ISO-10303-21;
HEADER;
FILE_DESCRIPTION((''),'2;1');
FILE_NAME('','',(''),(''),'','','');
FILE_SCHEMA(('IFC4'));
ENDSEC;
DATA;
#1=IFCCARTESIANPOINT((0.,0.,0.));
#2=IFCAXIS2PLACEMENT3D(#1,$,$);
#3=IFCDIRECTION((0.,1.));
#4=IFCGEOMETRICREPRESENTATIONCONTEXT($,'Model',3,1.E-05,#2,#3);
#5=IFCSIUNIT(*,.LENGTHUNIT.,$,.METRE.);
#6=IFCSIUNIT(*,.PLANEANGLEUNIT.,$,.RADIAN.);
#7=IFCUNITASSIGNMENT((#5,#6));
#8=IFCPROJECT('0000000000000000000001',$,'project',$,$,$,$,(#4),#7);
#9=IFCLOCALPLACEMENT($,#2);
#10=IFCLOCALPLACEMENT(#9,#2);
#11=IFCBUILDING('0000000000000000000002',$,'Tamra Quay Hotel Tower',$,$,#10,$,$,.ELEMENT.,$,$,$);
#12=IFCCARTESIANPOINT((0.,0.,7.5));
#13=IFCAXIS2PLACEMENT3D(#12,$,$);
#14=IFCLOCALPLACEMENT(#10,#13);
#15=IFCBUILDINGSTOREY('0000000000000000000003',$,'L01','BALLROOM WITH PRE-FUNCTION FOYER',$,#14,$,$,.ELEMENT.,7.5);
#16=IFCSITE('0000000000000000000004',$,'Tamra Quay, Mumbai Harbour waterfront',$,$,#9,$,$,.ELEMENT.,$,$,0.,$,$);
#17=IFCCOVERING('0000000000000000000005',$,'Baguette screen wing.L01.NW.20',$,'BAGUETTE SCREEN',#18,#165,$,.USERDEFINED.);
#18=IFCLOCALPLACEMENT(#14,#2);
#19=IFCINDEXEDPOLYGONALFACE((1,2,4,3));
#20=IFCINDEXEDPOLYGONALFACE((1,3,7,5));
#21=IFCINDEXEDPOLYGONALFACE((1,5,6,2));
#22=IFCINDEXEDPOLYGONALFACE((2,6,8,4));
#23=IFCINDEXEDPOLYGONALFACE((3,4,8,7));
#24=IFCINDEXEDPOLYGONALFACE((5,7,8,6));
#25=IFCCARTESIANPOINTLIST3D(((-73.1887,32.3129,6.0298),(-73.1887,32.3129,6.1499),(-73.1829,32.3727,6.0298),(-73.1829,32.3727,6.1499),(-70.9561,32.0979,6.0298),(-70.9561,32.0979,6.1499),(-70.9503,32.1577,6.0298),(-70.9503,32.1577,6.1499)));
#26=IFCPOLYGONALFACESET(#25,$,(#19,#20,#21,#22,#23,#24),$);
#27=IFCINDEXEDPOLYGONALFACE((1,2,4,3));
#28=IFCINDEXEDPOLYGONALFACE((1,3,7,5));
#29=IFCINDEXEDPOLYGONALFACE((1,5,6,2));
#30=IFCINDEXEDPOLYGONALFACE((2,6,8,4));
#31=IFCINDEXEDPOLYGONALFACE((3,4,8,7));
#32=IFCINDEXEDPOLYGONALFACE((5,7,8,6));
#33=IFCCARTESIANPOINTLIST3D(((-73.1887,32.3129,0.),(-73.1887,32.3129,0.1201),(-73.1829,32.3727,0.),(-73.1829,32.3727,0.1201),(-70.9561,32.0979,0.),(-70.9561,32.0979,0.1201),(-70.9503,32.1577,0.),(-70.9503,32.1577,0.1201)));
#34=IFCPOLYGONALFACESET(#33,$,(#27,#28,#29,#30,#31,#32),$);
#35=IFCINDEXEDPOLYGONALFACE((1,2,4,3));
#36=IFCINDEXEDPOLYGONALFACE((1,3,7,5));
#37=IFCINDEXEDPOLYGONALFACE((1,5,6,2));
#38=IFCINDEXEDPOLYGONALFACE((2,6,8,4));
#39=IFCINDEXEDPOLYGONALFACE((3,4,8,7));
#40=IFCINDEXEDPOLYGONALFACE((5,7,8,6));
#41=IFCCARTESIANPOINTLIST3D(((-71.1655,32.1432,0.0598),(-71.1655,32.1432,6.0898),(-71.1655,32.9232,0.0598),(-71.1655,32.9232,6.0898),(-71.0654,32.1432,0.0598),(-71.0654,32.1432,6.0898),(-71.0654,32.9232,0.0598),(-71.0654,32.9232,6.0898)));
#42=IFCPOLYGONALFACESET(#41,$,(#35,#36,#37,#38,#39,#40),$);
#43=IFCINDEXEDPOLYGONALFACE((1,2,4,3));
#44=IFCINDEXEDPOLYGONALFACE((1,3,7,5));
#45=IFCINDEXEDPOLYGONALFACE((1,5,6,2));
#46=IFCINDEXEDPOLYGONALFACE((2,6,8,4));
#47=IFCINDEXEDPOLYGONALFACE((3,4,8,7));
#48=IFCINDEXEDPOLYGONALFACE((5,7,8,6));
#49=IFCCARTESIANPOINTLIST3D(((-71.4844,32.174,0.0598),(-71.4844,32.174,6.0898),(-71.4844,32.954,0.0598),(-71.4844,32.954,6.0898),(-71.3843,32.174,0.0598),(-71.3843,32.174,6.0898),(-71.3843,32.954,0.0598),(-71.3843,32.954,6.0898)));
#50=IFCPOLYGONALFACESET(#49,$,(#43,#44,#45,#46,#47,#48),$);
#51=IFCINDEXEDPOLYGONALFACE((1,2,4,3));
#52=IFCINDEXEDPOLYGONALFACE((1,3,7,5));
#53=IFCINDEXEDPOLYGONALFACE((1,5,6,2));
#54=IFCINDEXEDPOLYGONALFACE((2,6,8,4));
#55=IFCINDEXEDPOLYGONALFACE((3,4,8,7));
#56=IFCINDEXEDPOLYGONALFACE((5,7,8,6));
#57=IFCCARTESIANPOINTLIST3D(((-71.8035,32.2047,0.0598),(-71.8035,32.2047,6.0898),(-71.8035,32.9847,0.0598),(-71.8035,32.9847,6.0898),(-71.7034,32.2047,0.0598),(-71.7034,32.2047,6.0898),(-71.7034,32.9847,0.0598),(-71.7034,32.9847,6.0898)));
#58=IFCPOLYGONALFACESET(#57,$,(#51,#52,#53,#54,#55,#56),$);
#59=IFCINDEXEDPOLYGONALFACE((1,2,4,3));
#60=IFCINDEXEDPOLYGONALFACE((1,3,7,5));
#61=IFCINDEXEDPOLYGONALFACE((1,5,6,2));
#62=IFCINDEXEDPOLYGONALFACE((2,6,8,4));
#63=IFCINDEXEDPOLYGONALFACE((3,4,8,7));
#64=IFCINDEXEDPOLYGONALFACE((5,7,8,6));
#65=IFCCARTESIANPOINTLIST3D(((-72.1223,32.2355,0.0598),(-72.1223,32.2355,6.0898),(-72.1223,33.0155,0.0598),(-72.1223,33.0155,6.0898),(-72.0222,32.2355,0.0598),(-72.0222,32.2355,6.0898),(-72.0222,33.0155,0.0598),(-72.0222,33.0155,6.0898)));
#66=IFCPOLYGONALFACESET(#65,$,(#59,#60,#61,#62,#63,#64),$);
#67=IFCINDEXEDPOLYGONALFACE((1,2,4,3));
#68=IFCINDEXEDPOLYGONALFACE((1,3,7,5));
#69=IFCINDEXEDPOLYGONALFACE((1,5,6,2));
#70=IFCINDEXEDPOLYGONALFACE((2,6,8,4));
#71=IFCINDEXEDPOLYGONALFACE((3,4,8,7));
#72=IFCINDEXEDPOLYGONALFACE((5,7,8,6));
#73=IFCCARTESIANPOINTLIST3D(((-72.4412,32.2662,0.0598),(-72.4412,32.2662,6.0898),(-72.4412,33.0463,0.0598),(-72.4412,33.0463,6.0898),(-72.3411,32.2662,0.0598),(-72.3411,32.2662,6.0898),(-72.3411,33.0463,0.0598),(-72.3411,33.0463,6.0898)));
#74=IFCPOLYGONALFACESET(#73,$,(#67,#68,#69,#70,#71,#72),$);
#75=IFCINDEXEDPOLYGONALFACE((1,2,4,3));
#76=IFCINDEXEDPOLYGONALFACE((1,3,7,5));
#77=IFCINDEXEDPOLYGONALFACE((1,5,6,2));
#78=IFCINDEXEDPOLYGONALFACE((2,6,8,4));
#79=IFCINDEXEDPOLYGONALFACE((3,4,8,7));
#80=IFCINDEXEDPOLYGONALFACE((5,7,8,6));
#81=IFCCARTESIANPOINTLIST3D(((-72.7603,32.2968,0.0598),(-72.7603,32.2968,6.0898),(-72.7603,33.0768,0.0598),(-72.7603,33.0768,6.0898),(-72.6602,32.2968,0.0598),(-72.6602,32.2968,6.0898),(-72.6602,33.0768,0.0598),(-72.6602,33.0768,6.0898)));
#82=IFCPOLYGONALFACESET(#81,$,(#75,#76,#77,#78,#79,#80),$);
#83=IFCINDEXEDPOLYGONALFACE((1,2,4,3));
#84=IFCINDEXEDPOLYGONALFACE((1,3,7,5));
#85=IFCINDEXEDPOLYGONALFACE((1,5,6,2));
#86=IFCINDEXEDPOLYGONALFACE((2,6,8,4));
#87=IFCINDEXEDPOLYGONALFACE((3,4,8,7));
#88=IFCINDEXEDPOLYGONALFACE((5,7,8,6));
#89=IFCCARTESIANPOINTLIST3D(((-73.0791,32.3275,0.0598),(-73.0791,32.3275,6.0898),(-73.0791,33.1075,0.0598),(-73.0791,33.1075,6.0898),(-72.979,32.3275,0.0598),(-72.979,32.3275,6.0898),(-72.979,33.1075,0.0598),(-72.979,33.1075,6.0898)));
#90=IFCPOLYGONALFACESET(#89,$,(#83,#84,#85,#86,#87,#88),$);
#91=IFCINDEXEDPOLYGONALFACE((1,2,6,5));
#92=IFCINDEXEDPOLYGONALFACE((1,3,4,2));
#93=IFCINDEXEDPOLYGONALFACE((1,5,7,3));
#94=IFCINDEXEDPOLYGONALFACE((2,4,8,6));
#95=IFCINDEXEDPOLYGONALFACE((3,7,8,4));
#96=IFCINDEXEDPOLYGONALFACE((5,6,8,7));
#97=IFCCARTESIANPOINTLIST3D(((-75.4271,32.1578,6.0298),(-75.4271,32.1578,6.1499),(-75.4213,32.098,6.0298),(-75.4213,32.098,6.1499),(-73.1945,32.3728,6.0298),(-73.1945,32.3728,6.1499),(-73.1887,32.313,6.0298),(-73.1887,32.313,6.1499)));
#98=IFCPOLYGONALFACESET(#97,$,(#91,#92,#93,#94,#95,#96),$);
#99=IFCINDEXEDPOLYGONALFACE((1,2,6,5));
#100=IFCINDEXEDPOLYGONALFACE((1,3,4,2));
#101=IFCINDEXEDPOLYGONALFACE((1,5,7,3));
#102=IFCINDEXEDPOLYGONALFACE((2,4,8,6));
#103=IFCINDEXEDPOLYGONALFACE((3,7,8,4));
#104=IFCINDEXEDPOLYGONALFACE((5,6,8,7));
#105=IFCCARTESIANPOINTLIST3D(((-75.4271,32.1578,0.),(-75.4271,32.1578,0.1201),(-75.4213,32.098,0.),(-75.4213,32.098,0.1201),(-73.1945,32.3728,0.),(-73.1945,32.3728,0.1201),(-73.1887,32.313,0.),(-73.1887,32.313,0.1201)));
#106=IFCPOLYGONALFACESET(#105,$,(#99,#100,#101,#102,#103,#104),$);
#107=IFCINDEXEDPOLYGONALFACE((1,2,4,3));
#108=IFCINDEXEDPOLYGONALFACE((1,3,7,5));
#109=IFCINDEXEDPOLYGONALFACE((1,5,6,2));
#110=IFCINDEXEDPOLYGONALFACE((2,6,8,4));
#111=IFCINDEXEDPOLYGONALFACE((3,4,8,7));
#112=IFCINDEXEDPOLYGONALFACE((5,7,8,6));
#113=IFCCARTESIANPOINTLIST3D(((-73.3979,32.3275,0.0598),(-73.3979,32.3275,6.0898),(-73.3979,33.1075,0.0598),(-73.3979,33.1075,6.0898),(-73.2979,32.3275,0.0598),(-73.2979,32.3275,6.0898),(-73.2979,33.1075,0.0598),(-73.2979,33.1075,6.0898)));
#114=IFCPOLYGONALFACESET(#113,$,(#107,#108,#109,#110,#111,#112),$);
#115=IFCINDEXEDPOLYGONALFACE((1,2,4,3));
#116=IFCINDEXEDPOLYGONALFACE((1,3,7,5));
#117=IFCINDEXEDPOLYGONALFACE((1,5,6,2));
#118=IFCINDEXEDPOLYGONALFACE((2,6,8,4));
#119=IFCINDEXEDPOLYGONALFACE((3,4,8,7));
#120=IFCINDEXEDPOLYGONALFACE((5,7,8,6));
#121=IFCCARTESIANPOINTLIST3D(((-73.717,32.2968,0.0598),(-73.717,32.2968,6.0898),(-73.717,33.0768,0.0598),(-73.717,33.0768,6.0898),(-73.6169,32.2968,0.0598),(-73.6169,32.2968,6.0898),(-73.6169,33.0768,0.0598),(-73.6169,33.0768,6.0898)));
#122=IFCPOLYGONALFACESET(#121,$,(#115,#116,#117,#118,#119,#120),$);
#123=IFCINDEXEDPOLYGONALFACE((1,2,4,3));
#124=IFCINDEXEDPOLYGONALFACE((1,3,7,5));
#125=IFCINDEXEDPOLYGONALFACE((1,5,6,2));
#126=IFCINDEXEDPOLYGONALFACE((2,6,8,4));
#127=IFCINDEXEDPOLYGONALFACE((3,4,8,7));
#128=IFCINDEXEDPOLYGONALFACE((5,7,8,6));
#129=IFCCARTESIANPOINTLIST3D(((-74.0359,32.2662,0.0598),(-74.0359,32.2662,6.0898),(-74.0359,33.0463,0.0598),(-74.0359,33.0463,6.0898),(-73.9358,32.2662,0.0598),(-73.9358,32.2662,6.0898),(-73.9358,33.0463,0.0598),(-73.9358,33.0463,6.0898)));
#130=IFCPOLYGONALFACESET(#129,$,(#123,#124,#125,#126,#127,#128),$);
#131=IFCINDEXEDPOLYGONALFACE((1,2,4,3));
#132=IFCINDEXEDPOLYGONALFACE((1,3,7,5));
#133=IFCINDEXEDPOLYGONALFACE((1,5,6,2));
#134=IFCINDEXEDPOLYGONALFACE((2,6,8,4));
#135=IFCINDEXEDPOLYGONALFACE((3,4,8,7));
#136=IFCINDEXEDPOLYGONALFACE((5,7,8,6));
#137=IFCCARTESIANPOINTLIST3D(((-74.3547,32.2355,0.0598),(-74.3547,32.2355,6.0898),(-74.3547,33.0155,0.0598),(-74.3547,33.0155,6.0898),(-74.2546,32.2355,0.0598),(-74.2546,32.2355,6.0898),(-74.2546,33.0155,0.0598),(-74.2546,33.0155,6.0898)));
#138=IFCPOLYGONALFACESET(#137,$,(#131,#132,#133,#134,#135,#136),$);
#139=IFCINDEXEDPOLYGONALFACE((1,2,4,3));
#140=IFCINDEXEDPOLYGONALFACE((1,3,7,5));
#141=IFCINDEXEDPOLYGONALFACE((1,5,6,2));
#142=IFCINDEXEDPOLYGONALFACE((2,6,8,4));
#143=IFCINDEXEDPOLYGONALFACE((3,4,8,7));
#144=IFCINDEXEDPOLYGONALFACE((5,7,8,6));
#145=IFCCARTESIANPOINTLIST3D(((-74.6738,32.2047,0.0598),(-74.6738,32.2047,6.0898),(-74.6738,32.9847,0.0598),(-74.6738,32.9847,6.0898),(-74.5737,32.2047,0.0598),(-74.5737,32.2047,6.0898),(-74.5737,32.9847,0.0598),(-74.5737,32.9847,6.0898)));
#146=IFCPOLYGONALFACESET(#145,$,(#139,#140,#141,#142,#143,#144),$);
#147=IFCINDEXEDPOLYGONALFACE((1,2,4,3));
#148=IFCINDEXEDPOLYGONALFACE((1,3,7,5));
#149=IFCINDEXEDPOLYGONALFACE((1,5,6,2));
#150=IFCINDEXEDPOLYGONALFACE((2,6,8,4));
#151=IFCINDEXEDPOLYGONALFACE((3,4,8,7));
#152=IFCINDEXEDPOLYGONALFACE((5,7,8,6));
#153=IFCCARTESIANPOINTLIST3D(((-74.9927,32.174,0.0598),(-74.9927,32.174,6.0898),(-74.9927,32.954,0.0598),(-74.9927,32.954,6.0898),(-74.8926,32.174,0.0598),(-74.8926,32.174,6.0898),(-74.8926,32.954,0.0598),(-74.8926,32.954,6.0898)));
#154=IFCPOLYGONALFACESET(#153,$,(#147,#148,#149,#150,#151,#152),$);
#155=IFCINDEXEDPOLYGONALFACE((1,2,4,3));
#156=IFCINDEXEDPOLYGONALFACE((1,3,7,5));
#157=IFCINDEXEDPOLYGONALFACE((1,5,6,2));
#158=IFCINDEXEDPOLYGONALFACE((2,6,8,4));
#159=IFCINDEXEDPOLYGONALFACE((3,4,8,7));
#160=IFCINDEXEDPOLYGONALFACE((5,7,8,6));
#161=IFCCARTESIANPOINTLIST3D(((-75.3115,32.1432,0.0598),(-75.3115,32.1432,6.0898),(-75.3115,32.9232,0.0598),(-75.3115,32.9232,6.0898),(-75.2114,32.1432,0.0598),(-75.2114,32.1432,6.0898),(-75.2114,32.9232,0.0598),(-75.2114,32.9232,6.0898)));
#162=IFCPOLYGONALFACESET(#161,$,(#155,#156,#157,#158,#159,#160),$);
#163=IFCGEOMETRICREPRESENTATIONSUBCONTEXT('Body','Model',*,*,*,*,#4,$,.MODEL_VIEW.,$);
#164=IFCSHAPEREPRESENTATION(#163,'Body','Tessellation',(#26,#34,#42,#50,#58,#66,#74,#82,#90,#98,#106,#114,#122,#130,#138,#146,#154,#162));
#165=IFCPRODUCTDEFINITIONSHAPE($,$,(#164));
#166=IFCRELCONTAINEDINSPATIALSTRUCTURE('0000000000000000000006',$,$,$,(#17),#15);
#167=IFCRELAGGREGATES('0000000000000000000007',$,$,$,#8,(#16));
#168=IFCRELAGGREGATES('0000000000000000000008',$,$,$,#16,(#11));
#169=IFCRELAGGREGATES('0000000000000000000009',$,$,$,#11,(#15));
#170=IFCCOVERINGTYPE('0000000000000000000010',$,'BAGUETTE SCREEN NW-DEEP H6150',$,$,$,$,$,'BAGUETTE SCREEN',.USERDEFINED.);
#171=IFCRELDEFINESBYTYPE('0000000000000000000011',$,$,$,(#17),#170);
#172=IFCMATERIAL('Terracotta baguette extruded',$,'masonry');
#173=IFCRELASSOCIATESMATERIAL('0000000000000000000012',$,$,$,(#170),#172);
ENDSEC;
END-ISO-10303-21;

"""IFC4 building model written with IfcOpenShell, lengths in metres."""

from ifc_helpers import new_model, si_unit, direction, frame, frame_2d, origin, place, context, subcontext, project, spatial, rectangle, extrude, source, transform, mapped, material, type_object, element, save


model = new_model("IFC4")

# Units and contexts
model_context = context("Model", 3, precision=1e-05, world=origin(), true_north=direction((0.0, 1.0)))
body_context = subcontext(model_context, "Body", "Model", "MODEL_VIEW")
ifc_project = project(units=[si_unit("LENGTHUNIT", "METRE"), si_unit("PLANEANGLEUNIT", "RADIAN")], contexts=[model_context])

# Site, building, storey
site_placement = place(None, origin())
site = spatial("IfcSite", under=ifc_project, at=site_placement, Name="Tamra Quay, Mumbai Harbour waterfront", CompositionType="ELEMENT", RefElevation=0.0)
building_placement = place(site_placement, origin())
building = spatial("IfcBuilding", under=site, at=building_placement, Name="Tamra Quay Hotel Tower", CompositionType="ELEMENT")
storey_placement = place(building_placement, frame((0.0, 0.0, 7.5)))
storey = spatial("IfcBuildingStorey", under=building, at=storey_placement, Name="L01", Description="BALLROOM WITH PRE-FUNCTION FOYER", CompositionType="ELEMENT", Elevation=7.5)

# Covering
ifc_material_1 = material(Name="Terracotta baguette extruded", Category="masonry")
covering_type_1 = type_object("IfcCoveringType", Name="BAGUETTE SCREEN NW-DEEP H6150", ElementType="BAGUETTE SCREEN", PredefinedType="USERDEFINED", material=ifc_material_1)
shared_shape_1 = source(origin(), body_context, "Body", "SweptSolid", [
    extrude(rectangle(XDim=2.2429, YDim=0.0601, at=frame_2d((1.1216, 0.03))), frame((-2.2383, -0.0576, -0.1201), z_axis=(0.0, 0.0, 1.0), x_axis=(0.995396, -0.095846, 0.0)), (0.0, 0.0, 1.0), 0.1201),
    extrude(rectangle(XDim=2.2429, YDim=0.0601, at=frame_2d((1.1216, 0.03))), frame((-2.2383, -0.0576, -6.1499), z_axis=(0.0, 0.0, 1.0), x_axis=(0.995396, -0.095846, 0.0)), (0.0, 0.0, 1.0), 0.1201),
    extrude(rectangle(XDim=0.1001, YDim=0.78, at=frame_2d((0.05, 0.3901))), frame((-2.123, -0.8232, -6.0901)), (0.0, 0.0, 1.0), 6.03),
    extrude(rectangle(XDim=0.1001, YDim=0.78, at=frame_2d((0.05, 0.3901))), frame((-1.8042, -0.854, -6.0901)), (0.0, 0.0, 1.0), 6.03),
    extrude(rectangle(XDim=0.1001, YDim=0.78, at=frame_2d((0.05, 0.3901))), frame((-1.4851, -0.8848, -6.0901)), (0.0, 0.0, 1.0), 6.03),
    extrude(rectangle(XDim=0.1001, YDim=0.78, at=frame_2d((0.05, 0.3901))), frame((-1.1663, -0.9155, -6.0901)), (0.0, 0.0, 1.0), 6.03),
    extrude(rectangle(XDim=0.1001, YDim=0.78, at=frame_2d((0.05, 0.3901))), frame((-0.8474, -0.9463, -6.0901)), (0.0, 0.0, 1.0), 6.03),
    extrude(rectangle(XDim=0.1001, YDim=0.78, at=frame_2d((0.05, 0.3901))), frame((-0.5283, -0.9768, -6.0901)), (0.0, 0.0, 1.0), 6.03),
    extrude(rectangle(XDim=0.1001, YDim=0.78, at=frame_2d((0.05, 0.3901))), frame((-0.2095, -1.0076, -6.0901)), (0.0, 0.0, 1.0), 6.03),
    extrude(rectangle(XDim=2.2429, YDim=0.0601, at=frame_2d((1.1216, 0.03))), frame((0.0059, -0.2727, -0.1201), z_axis=(0.0, 0.0, 1.0), x_axis=(0.995396, 0.095846, 0.0)), (0.0, 0.0, 1.0), 0.1201),
    extrude(rectangle(XDim=2.2429, YDim=0.0601, at=frame_2d((1.1216, 0.03))), frame((0.0059, -0.2727, -6.1499), z_axis=(0.0, 0.0, 1.0), x_axis=(0.995396, 0.095846, 0.0)), (0.0, 0.0, 1.0), 0.1201),
    extrude(rectangle(XDim=0.1001, YDim=0.78, at=frame_2d((0.05, 0.3901))), frame((0.1094, -1.0076, -6.0901)), (0.0, 0.0, 1.0), 6.03),
    extrude(rectangle(XDim=0.1001, YDim=0.78, at=frame_2d((0.05, 0.3901))), frame((0.4285, -0.9768, -6.0901)), (0.0, 0.0, 1.0), 6.03),
    extrude(rectangle(XDim=0.1001, YDim=0.78, at=frame_2d((0.05, 0.3901))), frame((0.7473, -0.9463, -6.0901)), (0.0, 0.0, 1.0), 6.03),
    extrude(rectangle(XDim=0.1001, YDim=0.78, at=frame_2d((0.05, 0.3901))), frame((1.0662, -0.9155, -6.0901)), (0.0, 0.0, 1.0), 6.03),
    extrude(rectangle(XDim=0.1001, YDim=0.78, at=frame_2d((0.05, 0.3901))), frame((1.3853, -0.8848, -6.0901)), (0.0, 0.0, 1.0), 6.03),
    extrude(rectangle(XDim=0.1001, YDim=0.78, at=frame_2d((0.05, 0.3901))), frame((1.7041, -0.854, -6.0901)), (0.0, 0.0, 1.0), 6.03),
    extrude(rectangle(XDim=0.1001, YDim=0.78, at=frame_2d((0.05, 0.3901))), frame((2.0229, -0.8232, -6.0901)), (0.0, 0.0, 1.0), 6.03),
])
covering_1_placement = place(storey_placement, frame((-73.1885, 32.1001, 6.1499), z_axis=(0.0, 0.0, 1.0), x_axis=(-1.0, 0.0, 0.0)))
element("IfcCovering", 1, at=covering_1_placement, inside=storey, type_object=covering_type_1, Name="Baguette screen wing.L01.NW.20", ObjectType="BAGUETTE SCREEN", PredefinedType="USERDEFINED", context=body_context, shape_type="MappedRepresentation", body=[
    mapped(shared_shape_1, transform((0.0, 0.0, 0.0), scale=1.0)),
])

save(model, "model.ifc")
